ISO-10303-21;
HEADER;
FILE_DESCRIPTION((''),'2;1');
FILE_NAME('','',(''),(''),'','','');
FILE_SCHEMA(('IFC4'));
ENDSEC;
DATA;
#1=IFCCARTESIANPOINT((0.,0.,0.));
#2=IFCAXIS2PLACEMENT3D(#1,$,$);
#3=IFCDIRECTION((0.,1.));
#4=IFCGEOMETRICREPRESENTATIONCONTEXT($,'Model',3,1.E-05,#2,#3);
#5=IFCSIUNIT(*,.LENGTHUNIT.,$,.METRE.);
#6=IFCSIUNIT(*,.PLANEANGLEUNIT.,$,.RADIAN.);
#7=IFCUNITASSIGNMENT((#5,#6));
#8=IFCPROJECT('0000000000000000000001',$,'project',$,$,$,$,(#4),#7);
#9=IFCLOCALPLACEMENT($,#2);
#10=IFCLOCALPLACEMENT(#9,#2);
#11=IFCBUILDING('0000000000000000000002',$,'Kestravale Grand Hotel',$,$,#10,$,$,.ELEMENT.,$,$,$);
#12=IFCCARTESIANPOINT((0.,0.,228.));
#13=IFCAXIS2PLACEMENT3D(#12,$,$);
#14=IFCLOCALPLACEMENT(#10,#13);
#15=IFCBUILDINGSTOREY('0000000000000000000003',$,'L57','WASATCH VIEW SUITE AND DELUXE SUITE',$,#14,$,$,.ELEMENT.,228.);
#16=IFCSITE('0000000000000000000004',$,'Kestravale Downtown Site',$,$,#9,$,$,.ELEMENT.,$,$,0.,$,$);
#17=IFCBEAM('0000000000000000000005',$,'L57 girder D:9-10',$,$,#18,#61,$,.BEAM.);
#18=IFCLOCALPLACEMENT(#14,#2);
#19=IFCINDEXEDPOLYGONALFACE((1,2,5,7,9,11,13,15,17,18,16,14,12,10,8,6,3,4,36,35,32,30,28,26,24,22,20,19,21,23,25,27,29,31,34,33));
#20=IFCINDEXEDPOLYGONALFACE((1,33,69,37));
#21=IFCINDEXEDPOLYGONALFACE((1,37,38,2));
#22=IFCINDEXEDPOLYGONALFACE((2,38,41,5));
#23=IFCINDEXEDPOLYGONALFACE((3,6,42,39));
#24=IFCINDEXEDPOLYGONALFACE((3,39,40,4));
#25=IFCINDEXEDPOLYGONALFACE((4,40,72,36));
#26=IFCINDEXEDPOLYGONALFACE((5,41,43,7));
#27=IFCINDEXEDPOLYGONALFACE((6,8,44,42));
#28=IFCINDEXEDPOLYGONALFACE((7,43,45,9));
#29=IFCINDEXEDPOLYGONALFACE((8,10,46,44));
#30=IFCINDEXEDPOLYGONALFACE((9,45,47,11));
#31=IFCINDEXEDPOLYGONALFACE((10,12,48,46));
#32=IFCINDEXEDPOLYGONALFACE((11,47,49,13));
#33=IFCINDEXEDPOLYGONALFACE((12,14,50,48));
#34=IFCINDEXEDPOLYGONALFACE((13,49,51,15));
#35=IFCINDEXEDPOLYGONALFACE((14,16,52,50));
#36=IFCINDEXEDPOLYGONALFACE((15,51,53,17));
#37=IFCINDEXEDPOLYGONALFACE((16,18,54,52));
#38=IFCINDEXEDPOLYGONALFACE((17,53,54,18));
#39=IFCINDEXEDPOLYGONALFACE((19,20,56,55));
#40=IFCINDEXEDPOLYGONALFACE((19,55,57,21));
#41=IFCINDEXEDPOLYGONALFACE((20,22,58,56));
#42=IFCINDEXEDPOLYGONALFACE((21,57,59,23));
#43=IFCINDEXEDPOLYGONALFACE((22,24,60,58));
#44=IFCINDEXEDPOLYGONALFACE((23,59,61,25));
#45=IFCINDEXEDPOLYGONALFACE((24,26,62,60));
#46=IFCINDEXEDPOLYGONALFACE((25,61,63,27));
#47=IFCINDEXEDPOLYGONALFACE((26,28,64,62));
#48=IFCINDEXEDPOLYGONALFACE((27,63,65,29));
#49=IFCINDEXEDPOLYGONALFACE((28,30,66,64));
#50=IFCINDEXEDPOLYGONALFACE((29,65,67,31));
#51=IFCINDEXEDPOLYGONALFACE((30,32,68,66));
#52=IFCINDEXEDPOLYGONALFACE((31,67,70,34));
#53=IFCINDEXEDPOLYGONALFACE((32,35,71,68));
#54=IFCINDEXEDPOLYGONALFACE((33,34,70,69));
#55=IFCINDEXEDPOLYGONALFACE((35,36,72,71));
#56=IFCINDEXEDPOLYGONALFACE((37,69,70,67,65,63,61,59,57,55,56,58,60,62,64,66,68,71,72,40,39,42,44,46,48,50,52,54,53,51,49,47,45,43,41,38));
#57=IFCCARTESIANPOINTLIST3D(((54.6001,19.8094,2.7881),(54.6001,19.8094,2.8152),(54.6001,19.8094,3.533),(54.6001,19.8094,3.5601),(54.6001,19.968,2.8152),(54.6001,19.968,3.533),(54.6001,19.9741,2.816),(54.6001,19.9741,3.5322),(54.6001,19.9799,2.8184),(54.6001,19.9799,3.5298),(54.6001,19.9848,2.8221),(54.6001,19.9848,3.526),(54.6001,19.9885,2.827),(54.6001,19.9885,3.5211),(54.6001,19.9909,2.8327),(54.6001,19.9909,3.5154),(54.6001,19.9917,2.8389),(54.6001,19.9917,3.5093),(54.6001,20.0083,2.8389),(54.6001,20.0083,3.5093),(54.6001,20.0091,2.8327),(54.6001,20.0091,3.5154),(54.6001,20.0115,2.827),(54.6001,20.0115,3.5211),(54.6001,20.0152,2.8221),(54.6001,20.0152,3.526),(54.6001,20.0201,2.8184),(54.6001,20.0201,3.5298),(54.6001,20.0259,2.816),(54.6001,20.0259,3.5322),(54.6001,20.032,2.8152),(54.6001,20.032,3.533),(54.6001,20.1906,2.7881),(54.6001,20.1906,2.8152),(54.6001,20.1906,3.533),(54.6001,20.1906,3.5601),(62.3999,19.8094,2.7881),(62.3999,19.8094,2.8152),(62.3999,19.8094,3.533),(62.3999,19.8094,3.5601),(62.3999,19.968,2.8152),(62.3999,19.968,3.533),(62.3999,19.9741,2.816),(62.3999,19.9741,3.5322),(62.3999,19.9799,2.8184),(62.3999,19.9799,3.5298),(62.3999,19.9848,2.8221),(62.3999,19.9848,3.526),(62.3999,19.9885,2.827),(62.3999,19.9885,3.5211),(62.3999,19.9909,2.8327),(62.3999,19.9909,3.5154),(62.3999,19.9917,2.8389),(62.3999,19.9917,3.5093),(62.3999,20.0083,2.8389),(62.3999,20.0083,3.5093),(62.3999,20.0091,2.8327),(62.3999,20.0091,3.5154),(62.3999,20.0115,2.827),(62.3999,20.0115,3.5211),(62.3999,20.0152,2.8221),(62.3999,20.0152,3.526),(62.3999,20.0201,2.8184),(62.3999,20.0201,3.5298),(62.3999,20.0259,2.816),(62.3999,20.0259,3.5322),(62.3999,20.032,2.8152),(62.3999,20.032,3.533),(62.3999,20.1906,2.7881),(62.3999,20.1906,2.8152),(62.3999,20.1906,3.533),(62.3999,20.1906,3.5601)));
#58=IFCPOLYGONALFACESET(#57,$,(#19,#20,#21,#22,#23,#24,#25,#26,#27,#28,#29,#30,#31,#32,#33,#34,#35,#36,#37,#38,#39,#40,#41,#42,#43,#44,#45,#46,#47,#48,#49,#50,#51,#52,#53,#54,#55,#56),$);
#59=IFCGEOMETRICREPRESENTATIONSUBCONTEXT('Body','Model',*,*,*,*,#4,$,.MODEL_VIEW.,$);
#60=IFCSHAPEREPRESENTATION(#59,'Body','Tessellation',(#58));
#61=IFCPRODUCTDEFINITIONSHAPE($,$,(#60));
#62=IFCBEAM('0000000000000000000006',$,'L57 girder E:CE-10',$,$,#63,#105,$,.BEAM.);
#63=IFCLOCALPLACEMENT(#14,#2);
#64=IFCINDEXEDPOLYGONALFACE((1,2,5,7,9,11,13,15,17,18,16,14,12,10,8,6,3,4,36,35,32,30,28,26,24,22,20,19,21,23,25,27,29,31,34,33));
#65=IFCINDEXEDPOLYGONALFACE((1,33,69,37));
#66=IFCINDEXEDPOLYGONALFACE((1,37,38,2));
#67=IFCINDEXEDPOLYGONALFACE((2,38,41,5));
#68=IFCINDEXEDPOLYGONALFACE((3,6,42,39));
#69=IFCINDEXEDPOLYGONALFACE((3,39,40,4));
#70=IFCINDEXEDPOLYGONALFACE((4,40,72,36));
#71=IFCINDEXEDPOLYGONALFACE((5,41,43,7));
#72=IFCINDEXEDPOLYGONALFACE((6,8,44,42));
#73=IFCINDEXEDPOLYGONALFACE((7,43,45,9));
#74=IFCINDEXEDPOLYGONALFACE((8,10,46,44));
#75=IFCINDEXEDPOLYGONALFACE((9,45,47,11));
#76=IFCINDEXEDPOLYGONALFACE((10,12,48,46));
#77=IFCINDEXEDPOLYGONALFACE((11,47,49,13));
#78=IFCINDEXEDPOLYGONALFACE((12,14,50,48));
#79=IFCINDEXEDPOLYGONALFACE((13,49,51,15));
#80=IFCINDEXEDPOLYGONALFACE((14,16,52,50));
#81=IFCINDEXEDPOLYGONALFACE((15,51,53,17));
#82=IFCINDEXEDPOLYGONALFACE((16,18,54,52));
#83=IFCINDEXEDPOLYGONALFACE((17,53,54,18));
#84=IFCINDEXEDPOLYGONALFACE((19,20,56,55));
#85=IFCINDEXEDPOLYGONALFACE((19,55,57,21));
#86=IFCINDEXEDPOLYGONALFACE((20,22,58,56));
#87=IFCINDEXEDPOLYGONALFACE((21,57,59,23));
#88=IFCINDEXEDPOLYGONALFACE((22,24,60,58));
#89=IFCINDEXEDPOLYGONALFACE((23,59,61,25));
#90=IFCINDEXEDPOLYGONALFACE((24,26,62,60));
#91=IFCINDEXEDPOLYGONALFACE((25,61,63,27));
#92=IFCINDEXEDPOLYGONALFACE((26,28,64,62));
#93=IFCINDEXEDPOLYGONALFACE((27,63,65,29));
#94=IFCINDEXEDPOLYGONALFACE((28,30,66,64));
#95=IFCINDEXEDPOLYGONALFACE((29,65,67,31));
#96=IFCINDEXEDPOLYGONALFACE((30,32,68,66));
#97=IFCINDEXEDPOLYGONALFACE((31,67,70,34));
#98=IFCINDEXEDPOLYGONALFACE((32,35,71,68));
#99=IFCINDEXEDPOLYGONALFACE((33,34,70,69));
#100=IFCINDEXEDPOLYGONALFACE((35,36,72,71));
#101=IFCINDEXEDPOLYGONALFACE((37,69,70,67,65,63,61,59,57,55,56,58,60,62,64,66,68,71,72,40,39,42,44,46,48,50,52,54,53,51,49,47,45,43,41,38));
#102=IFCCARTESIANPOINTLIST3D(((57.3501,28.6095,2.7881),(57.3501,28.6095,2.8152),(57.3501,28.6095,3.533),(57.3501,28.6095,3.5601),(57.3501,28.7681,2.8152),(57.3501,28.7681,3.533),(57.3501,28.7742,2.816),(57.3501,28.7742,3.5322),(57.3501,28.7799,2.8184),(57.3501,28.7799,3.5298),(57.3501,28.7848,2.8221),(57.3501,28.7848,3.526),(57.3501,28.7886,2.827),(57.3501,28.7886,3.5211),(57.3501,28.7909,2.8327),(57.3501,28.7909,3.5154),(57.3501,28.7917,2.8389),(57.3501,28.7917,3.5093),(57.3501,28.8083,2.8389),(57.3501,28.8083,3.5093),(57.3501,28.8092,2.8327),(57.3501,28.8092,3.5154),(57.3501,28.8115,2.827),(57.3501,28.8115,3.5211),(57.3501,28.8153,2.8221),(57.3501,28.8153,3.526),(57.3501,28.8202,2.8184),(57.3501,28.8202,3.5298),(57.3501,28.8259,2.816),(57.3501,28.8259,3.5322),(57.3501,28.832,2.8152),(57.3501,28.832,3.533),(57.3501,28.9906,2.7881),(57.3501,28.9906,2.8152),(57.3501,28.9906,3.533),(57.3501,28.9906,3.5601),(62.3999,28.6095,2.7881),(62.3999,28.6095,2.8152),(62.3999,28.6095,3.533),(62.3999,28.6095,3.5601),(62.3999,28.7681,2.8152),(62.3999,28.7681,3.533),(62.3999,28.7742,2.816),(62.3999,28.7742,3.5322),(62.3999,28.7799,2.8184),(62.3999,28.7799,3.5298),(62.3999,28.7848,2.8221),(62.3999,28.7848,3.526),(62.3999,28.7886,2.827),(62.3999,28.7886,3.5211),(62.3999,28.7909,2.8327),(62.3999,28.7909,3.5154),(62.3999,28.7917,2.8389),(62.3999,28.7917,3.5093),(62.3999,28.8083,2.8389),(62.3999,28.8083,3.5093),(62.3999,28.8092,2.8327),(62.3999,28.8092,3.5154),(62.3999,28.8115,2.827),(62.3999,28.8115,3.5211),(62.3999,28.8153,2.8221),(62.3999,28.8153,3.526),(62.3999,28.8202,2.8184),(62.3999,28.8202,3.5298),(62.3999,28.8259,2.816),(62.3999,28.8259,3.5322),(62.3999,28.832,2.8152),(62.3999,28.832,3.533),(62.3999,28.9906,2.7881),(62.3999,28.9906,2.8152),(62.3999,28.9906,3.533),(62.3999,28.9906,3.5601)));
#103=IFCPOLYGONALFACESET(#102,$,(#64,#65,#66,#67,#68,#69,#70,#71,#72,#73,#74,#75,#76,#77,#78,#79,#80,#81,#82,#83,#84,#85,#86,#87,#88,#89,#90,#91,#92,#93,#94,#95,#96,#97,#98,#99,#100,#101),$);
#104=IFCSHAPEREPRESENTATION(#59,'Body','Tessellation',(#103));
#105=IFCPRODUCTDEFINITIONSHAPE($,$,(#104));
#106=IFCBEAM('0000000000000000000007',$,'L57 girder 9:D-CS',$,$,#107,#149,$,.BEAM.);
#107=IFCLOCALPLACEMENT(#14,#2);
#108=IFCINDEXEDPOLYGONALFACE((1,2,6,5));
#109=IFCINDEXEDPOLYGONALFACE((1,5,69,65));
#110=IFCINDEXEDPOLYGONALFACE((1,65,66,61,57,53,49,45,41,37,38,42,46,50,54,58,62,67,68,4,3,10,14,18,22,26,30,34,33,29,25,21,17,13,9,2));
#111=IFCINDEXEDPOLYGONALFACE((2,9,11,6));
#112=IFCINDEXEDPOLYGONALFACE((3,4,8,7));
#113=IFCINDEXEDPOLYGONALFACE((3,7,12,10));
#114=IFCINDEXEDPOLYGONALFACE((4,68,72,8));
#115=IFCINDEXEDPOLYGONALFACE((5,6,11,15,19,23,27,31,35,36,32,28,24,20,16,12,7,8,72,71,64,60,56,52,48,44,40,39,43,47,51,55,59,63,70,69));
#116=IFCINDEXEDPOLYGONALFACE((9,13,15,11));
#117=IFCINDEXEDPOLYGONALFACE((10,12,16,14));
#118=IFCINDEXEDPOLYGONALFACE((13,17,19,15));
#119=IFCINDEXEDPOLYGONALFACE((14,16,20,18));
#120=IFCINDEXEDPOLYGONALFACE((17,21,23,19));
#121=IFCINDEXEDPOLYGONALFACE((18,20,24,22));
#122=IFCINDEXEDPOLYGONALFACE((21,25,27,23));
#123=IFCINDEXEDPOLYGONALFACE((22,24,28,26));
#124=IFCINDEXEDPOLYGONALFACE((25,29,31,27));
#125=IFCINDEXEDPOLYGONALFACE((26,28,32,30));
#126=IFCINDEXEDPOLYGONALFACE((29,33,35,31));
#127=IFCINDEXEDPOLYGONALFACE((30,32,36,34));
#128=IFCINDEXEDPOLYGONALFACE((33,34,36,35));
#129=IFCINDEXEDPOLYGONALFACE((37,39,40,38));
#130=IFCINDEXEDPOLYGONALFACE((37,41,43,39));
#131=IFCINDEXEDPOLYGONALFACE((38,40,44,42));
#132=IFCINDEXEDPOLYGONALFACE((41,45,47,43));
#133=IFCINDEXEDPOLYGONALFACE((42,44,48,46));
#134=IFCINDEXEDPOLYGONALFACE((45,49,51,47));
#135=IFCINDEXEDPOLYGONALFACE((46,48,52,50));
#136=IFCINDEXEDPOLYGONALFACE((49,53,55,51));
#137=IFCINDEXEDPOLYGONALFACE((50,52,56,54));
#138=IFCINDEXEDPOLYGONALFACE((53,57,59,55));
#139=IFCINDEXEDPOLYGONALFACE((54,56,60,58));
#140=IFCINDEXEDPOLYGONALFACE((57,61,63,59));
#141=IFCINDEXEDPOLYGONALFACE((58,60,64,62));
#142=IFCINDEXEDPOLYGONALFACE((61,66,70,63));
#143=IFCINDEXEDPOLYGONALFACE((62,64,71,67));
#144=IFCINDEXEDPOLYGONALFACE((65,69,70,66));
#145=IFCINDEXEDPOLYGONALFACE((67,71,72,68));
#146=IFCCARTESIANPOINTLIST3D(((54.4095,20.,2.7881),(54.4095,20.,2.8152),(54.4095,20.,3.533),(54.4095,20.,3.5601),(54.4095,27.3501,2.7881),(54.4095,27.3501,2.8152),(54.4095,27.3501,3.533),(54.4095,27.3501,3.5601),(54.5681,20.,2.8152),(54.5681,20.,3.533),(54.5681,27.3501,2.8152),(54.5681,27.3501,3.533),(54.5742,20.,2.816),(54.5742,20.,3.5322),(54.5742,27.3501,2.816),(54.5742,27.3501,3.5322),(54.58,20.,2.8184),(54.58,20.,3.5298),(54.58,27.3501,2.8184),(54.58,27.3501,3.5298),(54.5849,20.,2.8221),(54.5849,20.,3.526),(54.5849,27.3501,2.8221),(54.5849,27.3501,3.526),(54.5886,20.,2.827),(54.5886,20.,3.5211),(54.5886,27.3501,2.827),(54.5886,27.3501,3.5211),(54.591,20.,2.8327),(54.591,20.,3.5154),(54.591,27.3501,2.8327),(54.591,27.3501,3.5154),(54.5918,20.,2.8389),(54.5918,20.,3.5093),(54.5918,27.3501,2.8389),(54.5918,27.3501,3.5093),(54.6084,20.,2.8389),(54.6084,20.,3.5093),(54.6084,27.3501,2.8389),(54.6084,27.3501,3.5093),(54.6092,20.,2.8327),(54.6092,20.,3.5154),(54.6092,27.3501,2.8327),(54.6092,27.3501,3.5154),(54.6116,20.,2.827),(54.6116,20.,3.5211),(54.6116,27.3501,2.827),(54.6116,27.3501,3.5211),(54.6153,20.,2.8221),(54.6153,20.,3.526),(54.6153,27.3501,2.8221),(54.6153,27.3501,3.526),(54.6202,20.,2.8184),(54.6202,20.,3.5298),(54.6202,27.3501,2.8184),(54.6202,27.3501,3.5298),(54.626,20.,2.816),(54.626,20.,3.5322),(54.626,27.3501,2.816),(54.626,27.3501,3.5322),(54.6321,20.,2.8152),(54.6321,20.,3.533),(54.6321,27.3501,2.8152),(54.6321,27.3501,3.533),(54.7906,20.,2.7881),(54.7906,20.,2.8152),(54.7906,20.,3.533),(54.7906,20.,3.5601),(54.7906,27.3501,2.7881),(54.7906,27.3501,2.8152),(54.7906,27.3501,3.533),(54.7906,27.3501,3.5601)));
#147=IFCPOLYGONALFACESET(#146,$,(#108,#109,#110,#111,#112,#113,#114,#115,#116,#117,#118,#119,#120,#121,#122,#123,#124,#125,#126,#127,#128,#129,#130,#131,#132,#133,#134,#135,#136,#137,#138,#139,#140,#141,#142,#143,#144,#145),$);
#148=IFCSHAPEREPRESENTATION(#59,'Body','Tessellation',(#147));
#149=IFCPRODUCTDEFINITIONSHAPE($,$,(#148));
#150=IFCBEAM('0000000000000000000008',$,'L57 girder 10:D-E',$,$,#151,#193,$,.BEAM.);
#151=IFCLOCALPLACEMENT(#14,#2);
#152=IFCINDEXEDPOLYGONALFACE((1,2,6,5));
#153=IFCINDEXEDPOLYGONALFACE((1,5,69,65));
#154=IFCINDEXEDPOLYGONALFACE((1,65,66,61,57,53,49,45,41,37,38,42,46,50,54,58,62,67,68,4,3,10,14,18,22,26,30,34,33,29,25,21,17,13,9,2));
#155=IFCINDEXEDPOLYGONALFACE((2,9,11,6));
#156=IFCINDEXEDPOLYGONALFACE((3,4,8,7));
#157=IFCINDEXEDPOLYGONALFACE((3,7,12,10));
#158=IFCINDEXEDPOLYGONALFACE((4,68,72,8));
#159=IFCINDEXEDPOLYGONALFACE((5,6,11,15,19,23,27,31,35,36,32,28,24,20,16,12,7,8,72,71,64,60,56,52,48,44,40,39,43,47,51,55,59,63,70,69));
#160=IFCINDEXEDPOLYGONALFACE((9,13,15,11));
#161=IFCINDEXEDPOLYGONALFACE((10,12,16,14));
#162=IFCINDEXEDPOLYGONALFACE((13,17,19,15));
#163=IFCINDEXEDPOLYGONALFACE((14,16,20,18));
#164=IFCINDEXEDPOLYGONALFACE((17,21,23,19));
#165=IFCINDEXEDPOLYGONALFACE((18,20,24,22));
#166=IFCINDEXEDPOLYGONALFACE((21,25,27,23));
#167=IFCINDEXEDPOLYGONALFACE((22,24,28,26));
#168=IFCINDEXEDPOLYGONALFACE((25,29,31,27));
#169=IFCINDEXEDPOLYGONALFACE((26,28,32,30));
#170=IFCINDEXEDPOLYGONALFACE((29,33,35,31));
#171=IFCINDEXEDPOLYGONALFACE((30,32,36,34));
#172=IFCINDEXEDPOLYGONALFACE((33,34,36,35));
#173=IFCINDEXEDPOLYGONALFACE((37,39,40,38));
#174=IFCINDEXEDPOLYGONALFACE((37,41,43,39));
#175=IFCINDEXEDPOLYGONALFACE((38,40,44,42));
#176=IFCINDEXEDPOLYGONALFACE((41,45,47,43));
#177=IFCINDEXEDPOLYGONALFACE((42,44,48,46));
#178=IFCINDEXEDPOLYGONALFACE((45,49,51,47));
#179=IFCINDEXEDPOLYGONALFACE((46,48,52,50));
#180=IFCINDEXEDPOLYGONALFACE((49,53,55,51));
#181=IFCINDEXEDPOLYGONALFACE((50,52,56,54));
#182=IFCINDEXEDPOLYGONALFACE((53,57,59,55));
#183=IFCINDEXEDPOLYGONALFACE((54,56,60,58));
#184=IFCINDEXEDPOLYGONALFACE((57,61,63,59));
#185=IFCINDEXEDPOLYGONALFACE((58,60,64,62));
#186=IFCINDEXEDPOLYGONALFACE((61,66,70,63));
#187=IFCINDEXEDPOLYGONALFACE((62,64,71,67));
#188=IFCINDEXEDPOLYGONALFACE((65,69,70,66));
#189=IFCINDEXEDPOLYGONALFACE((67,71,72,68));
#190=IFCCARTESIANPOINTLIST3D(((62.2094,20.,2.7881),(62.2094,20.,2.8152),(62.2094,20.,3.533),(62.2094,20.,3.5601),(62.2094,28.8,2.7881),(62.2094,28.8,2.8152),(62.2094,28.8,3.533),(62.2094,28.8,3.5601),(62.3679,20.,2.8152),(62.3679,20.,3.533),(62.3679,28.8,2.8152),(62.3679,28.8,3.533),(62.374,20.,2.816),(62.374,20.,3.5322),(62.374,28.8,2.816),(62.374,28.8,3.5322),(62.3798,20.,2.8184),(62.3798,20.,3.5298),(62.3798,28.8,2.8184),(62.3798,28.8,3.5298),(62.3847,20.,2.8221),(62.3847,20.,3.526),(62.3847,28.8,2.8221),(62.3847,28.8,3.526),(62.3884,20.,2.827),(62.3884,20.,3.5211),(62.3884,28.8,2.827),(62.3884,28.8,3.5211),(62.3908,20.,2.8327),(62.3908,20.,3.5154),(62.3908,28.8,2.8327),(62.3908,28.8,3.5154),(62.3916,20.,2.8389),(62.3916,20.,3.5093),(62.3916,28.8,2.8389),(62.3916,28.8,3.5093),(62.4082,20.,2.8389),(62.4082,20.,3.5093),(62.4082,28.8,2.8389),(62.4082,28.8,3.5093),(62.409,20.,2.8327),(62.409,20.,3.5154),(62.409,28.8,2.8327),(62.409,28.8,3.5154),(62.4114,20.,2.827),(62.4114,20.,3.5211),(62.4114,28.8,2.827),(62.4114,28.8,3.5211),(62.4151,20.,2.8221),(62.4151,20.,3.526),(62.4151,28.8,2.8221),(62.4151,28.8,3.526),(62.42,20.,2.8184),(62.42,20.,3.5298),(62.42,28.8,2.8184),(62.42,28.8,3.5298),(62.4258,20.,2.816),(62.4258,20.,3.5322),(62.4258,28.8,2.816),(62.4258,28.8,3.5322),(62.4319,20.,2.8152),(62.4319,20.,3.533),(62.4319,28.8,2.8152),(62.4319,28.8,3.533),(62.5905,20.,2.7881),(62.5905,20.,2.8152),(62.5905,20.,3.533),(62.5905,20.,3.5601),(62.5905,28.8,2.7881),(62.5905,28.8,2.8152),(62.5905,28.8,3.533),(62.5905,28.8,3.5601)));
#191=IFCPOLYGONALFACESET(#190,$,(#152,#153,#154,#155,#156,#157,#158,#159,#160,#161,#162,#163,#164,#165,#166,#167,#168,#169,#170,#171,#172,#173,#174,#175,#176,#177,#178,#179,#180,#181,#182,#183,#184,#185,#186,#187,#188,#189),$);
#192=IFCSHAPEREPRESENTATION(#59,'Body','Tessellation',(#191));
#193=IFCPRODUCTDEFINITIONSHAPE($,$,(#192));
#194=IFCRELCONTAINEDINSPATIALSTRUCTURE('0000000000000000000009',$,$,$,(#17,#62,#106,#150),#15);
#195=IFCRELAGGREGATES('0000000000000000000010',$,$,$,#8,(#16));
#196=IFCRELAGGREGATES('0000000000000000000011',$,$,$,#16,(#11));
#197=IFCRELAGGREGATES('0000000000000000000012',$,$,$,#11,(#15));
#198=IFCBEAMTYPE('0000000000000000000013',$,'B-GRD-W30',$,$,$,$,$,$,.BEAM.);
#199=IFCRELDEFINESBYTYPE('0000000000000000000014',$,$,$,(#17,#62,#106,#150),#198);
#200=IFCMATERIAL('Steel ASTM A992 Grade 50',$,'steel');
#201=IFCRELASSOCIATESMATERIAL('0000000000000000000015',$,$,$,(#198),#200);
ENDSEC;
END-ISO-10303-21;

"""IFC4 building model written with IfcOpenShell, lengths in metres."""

from ifc_helpers import new_model, si_unit, direction, frame, origin, origin_2d, place, context, subcontext, project, spatial, i_section, extrude, material, material_profile, profile_set, type_object, element, save


model = new_model("IFC4")

# Units and contexts
model_context = context("Model", 3, precision=1e-05, world=origin(), true_north=direction((0.0, 1.0)))
body_context = subcontext(model_context, "Body", "Model", "MODEL_VIEW")
ifc_project = project(units=[si_unit("LENGTHUNIT", "METRE"), si_unit("PLANEANGLEUNIT", "RADIAN")], contexts=[model_context])

# Site, building, storey
site_placement = place(None, origin())
site = spatial("IfcSite", under=ifc_project, at=site_placement, Name="Kestravale Downtown Site", CompositionType="ELEMENT", RefElevation=0.0)
building_placement = place(site_placement, origin())
building = spatial("IfcBuilding", under=site, at=building_placement, Name="Kestravale Grand Hotel", CompositionType="ELEMENT")
storey_placement = place(building_placement, frame((0.0, 0.0, 228.0)))
storey = spatial("IfcBuildingStorey", under=building, at=storey_placement, Name="L57", Description="WASATCH VIEW SUITE AND DELUXE SUITE", CompositionType="ELEMENT", Elevation=228.0)

# Beams
ifc_material_1 = material(Name="Steel ASTM A992 Grade 50", Category="steel")
ifc_material_profile_1 = material_profile(ifc_material_1, i_section(OverallWidth=0.3811, OverallDepth=0.772, WebThickness=0.0166, FlangeThickness=0.0271, FilletRadius=0.0237, at=origin_2d()))
ifc_profile_set_1 = profile_set([ifc_material_profile_1], Name="Steel ASTM A992 Grade 50")
beam_type_1 = type_object("IfcBeamType", Name="B-GRD-W30", PredefinedType="BEAM", material=ifc_profile_set_1)
beam_1_placement = place(storey_placement, frame((54.6001, 20.0, 3.1741), z_axis=(1.0, 0.0, 0.0), x_axis=(0.0, 1.0, 0.0)))
element("IfcBeam", 1, at=beam_1_placement, inside=storey, type_object=beam_type_1, Name="L57 girder D:9-10", PredefinedType="BEAM", context=body_context, shape_type="SweptSolid", body=[
    extrude(i_section(OverallWidth=0.3811, OverallDepth=0.772, WebThickness=0.0166, FlangeThickness=0.0271, FilletRadius=0.0237, at=origin_2d()), origin(), (0.0, 0.0, 1.0), 7.7998),
])
beam_2_placement = place(storey_placement, frame((57.3501, 28.8, 3.1741), z_axis=(1.0, 0.0, 0.0), x_axis=(0.0, 1.0, 0.0)))
element("IfcBeam", 2, at=beam_2_placement, inside=storey, type_object=beam_type_1, Name="L57 girder E:CE-10", PredefinedType="BEAM", context=body_context, shape_type="SweptSolid", body=[
    extrude(i_section(OverallWidth=0.3811, OverallDepth=0.772, WebThickness=0.0166, FlangeThickness=0.0271, FilletRadius=0.0237, at=origin_2d()), origin(), (0.0, 0.0, 1.0), 5.0498),
])
beam_3_placement = place(storey_placement, frame((54.6001, 20.0, 3.1741), z_axis=(0.0, 1.0, 0.0), x_axis=(-1.0, 0.0, 0.0)))
element("IfcBeam", 3, at=beam_3_placement, inside=storey, type_object=beam_type_1, Name="L57 girder 9:D-CS", PredefinedType="BEAM", context=body_context, shape_type="SweptSolid", body=[
    extrude(i_section(OverallWidth=0.3811, OverallDepth=0.772, WebThickness=0.0166, FlangeThickness=0.0271, FilletRadius=0.0237, at=origin_2d()), origin(), (0.0, 0.0, 1.0), 7.3501),
])
beam_4_placement = place(storey_placement, frame((62.3999, 20.0, 3.1741), z_axis=(0.0, 1.0, 0.0), x_axis=(-1.0, 0.0, 0.0)))
element("IfcBeam", 4, at=beam_4_placement, inside=storey, type_object=beam_type_1, Name="L57 girder 10:D-E", PredefinedType="BEAM", context=body_context, shape_type="SweptSolid", body=[
    extrude(i_section(OverallWidth=0.3811, OverallDepth=0.772, WebThickness=0.0166, FlangeThickness=0.0271, FilletRadius=0.0237, at=origin_2d()), origin(), (0.0, 0.0, 1.0), 8.8),
])

save(model, "model.ifc")
